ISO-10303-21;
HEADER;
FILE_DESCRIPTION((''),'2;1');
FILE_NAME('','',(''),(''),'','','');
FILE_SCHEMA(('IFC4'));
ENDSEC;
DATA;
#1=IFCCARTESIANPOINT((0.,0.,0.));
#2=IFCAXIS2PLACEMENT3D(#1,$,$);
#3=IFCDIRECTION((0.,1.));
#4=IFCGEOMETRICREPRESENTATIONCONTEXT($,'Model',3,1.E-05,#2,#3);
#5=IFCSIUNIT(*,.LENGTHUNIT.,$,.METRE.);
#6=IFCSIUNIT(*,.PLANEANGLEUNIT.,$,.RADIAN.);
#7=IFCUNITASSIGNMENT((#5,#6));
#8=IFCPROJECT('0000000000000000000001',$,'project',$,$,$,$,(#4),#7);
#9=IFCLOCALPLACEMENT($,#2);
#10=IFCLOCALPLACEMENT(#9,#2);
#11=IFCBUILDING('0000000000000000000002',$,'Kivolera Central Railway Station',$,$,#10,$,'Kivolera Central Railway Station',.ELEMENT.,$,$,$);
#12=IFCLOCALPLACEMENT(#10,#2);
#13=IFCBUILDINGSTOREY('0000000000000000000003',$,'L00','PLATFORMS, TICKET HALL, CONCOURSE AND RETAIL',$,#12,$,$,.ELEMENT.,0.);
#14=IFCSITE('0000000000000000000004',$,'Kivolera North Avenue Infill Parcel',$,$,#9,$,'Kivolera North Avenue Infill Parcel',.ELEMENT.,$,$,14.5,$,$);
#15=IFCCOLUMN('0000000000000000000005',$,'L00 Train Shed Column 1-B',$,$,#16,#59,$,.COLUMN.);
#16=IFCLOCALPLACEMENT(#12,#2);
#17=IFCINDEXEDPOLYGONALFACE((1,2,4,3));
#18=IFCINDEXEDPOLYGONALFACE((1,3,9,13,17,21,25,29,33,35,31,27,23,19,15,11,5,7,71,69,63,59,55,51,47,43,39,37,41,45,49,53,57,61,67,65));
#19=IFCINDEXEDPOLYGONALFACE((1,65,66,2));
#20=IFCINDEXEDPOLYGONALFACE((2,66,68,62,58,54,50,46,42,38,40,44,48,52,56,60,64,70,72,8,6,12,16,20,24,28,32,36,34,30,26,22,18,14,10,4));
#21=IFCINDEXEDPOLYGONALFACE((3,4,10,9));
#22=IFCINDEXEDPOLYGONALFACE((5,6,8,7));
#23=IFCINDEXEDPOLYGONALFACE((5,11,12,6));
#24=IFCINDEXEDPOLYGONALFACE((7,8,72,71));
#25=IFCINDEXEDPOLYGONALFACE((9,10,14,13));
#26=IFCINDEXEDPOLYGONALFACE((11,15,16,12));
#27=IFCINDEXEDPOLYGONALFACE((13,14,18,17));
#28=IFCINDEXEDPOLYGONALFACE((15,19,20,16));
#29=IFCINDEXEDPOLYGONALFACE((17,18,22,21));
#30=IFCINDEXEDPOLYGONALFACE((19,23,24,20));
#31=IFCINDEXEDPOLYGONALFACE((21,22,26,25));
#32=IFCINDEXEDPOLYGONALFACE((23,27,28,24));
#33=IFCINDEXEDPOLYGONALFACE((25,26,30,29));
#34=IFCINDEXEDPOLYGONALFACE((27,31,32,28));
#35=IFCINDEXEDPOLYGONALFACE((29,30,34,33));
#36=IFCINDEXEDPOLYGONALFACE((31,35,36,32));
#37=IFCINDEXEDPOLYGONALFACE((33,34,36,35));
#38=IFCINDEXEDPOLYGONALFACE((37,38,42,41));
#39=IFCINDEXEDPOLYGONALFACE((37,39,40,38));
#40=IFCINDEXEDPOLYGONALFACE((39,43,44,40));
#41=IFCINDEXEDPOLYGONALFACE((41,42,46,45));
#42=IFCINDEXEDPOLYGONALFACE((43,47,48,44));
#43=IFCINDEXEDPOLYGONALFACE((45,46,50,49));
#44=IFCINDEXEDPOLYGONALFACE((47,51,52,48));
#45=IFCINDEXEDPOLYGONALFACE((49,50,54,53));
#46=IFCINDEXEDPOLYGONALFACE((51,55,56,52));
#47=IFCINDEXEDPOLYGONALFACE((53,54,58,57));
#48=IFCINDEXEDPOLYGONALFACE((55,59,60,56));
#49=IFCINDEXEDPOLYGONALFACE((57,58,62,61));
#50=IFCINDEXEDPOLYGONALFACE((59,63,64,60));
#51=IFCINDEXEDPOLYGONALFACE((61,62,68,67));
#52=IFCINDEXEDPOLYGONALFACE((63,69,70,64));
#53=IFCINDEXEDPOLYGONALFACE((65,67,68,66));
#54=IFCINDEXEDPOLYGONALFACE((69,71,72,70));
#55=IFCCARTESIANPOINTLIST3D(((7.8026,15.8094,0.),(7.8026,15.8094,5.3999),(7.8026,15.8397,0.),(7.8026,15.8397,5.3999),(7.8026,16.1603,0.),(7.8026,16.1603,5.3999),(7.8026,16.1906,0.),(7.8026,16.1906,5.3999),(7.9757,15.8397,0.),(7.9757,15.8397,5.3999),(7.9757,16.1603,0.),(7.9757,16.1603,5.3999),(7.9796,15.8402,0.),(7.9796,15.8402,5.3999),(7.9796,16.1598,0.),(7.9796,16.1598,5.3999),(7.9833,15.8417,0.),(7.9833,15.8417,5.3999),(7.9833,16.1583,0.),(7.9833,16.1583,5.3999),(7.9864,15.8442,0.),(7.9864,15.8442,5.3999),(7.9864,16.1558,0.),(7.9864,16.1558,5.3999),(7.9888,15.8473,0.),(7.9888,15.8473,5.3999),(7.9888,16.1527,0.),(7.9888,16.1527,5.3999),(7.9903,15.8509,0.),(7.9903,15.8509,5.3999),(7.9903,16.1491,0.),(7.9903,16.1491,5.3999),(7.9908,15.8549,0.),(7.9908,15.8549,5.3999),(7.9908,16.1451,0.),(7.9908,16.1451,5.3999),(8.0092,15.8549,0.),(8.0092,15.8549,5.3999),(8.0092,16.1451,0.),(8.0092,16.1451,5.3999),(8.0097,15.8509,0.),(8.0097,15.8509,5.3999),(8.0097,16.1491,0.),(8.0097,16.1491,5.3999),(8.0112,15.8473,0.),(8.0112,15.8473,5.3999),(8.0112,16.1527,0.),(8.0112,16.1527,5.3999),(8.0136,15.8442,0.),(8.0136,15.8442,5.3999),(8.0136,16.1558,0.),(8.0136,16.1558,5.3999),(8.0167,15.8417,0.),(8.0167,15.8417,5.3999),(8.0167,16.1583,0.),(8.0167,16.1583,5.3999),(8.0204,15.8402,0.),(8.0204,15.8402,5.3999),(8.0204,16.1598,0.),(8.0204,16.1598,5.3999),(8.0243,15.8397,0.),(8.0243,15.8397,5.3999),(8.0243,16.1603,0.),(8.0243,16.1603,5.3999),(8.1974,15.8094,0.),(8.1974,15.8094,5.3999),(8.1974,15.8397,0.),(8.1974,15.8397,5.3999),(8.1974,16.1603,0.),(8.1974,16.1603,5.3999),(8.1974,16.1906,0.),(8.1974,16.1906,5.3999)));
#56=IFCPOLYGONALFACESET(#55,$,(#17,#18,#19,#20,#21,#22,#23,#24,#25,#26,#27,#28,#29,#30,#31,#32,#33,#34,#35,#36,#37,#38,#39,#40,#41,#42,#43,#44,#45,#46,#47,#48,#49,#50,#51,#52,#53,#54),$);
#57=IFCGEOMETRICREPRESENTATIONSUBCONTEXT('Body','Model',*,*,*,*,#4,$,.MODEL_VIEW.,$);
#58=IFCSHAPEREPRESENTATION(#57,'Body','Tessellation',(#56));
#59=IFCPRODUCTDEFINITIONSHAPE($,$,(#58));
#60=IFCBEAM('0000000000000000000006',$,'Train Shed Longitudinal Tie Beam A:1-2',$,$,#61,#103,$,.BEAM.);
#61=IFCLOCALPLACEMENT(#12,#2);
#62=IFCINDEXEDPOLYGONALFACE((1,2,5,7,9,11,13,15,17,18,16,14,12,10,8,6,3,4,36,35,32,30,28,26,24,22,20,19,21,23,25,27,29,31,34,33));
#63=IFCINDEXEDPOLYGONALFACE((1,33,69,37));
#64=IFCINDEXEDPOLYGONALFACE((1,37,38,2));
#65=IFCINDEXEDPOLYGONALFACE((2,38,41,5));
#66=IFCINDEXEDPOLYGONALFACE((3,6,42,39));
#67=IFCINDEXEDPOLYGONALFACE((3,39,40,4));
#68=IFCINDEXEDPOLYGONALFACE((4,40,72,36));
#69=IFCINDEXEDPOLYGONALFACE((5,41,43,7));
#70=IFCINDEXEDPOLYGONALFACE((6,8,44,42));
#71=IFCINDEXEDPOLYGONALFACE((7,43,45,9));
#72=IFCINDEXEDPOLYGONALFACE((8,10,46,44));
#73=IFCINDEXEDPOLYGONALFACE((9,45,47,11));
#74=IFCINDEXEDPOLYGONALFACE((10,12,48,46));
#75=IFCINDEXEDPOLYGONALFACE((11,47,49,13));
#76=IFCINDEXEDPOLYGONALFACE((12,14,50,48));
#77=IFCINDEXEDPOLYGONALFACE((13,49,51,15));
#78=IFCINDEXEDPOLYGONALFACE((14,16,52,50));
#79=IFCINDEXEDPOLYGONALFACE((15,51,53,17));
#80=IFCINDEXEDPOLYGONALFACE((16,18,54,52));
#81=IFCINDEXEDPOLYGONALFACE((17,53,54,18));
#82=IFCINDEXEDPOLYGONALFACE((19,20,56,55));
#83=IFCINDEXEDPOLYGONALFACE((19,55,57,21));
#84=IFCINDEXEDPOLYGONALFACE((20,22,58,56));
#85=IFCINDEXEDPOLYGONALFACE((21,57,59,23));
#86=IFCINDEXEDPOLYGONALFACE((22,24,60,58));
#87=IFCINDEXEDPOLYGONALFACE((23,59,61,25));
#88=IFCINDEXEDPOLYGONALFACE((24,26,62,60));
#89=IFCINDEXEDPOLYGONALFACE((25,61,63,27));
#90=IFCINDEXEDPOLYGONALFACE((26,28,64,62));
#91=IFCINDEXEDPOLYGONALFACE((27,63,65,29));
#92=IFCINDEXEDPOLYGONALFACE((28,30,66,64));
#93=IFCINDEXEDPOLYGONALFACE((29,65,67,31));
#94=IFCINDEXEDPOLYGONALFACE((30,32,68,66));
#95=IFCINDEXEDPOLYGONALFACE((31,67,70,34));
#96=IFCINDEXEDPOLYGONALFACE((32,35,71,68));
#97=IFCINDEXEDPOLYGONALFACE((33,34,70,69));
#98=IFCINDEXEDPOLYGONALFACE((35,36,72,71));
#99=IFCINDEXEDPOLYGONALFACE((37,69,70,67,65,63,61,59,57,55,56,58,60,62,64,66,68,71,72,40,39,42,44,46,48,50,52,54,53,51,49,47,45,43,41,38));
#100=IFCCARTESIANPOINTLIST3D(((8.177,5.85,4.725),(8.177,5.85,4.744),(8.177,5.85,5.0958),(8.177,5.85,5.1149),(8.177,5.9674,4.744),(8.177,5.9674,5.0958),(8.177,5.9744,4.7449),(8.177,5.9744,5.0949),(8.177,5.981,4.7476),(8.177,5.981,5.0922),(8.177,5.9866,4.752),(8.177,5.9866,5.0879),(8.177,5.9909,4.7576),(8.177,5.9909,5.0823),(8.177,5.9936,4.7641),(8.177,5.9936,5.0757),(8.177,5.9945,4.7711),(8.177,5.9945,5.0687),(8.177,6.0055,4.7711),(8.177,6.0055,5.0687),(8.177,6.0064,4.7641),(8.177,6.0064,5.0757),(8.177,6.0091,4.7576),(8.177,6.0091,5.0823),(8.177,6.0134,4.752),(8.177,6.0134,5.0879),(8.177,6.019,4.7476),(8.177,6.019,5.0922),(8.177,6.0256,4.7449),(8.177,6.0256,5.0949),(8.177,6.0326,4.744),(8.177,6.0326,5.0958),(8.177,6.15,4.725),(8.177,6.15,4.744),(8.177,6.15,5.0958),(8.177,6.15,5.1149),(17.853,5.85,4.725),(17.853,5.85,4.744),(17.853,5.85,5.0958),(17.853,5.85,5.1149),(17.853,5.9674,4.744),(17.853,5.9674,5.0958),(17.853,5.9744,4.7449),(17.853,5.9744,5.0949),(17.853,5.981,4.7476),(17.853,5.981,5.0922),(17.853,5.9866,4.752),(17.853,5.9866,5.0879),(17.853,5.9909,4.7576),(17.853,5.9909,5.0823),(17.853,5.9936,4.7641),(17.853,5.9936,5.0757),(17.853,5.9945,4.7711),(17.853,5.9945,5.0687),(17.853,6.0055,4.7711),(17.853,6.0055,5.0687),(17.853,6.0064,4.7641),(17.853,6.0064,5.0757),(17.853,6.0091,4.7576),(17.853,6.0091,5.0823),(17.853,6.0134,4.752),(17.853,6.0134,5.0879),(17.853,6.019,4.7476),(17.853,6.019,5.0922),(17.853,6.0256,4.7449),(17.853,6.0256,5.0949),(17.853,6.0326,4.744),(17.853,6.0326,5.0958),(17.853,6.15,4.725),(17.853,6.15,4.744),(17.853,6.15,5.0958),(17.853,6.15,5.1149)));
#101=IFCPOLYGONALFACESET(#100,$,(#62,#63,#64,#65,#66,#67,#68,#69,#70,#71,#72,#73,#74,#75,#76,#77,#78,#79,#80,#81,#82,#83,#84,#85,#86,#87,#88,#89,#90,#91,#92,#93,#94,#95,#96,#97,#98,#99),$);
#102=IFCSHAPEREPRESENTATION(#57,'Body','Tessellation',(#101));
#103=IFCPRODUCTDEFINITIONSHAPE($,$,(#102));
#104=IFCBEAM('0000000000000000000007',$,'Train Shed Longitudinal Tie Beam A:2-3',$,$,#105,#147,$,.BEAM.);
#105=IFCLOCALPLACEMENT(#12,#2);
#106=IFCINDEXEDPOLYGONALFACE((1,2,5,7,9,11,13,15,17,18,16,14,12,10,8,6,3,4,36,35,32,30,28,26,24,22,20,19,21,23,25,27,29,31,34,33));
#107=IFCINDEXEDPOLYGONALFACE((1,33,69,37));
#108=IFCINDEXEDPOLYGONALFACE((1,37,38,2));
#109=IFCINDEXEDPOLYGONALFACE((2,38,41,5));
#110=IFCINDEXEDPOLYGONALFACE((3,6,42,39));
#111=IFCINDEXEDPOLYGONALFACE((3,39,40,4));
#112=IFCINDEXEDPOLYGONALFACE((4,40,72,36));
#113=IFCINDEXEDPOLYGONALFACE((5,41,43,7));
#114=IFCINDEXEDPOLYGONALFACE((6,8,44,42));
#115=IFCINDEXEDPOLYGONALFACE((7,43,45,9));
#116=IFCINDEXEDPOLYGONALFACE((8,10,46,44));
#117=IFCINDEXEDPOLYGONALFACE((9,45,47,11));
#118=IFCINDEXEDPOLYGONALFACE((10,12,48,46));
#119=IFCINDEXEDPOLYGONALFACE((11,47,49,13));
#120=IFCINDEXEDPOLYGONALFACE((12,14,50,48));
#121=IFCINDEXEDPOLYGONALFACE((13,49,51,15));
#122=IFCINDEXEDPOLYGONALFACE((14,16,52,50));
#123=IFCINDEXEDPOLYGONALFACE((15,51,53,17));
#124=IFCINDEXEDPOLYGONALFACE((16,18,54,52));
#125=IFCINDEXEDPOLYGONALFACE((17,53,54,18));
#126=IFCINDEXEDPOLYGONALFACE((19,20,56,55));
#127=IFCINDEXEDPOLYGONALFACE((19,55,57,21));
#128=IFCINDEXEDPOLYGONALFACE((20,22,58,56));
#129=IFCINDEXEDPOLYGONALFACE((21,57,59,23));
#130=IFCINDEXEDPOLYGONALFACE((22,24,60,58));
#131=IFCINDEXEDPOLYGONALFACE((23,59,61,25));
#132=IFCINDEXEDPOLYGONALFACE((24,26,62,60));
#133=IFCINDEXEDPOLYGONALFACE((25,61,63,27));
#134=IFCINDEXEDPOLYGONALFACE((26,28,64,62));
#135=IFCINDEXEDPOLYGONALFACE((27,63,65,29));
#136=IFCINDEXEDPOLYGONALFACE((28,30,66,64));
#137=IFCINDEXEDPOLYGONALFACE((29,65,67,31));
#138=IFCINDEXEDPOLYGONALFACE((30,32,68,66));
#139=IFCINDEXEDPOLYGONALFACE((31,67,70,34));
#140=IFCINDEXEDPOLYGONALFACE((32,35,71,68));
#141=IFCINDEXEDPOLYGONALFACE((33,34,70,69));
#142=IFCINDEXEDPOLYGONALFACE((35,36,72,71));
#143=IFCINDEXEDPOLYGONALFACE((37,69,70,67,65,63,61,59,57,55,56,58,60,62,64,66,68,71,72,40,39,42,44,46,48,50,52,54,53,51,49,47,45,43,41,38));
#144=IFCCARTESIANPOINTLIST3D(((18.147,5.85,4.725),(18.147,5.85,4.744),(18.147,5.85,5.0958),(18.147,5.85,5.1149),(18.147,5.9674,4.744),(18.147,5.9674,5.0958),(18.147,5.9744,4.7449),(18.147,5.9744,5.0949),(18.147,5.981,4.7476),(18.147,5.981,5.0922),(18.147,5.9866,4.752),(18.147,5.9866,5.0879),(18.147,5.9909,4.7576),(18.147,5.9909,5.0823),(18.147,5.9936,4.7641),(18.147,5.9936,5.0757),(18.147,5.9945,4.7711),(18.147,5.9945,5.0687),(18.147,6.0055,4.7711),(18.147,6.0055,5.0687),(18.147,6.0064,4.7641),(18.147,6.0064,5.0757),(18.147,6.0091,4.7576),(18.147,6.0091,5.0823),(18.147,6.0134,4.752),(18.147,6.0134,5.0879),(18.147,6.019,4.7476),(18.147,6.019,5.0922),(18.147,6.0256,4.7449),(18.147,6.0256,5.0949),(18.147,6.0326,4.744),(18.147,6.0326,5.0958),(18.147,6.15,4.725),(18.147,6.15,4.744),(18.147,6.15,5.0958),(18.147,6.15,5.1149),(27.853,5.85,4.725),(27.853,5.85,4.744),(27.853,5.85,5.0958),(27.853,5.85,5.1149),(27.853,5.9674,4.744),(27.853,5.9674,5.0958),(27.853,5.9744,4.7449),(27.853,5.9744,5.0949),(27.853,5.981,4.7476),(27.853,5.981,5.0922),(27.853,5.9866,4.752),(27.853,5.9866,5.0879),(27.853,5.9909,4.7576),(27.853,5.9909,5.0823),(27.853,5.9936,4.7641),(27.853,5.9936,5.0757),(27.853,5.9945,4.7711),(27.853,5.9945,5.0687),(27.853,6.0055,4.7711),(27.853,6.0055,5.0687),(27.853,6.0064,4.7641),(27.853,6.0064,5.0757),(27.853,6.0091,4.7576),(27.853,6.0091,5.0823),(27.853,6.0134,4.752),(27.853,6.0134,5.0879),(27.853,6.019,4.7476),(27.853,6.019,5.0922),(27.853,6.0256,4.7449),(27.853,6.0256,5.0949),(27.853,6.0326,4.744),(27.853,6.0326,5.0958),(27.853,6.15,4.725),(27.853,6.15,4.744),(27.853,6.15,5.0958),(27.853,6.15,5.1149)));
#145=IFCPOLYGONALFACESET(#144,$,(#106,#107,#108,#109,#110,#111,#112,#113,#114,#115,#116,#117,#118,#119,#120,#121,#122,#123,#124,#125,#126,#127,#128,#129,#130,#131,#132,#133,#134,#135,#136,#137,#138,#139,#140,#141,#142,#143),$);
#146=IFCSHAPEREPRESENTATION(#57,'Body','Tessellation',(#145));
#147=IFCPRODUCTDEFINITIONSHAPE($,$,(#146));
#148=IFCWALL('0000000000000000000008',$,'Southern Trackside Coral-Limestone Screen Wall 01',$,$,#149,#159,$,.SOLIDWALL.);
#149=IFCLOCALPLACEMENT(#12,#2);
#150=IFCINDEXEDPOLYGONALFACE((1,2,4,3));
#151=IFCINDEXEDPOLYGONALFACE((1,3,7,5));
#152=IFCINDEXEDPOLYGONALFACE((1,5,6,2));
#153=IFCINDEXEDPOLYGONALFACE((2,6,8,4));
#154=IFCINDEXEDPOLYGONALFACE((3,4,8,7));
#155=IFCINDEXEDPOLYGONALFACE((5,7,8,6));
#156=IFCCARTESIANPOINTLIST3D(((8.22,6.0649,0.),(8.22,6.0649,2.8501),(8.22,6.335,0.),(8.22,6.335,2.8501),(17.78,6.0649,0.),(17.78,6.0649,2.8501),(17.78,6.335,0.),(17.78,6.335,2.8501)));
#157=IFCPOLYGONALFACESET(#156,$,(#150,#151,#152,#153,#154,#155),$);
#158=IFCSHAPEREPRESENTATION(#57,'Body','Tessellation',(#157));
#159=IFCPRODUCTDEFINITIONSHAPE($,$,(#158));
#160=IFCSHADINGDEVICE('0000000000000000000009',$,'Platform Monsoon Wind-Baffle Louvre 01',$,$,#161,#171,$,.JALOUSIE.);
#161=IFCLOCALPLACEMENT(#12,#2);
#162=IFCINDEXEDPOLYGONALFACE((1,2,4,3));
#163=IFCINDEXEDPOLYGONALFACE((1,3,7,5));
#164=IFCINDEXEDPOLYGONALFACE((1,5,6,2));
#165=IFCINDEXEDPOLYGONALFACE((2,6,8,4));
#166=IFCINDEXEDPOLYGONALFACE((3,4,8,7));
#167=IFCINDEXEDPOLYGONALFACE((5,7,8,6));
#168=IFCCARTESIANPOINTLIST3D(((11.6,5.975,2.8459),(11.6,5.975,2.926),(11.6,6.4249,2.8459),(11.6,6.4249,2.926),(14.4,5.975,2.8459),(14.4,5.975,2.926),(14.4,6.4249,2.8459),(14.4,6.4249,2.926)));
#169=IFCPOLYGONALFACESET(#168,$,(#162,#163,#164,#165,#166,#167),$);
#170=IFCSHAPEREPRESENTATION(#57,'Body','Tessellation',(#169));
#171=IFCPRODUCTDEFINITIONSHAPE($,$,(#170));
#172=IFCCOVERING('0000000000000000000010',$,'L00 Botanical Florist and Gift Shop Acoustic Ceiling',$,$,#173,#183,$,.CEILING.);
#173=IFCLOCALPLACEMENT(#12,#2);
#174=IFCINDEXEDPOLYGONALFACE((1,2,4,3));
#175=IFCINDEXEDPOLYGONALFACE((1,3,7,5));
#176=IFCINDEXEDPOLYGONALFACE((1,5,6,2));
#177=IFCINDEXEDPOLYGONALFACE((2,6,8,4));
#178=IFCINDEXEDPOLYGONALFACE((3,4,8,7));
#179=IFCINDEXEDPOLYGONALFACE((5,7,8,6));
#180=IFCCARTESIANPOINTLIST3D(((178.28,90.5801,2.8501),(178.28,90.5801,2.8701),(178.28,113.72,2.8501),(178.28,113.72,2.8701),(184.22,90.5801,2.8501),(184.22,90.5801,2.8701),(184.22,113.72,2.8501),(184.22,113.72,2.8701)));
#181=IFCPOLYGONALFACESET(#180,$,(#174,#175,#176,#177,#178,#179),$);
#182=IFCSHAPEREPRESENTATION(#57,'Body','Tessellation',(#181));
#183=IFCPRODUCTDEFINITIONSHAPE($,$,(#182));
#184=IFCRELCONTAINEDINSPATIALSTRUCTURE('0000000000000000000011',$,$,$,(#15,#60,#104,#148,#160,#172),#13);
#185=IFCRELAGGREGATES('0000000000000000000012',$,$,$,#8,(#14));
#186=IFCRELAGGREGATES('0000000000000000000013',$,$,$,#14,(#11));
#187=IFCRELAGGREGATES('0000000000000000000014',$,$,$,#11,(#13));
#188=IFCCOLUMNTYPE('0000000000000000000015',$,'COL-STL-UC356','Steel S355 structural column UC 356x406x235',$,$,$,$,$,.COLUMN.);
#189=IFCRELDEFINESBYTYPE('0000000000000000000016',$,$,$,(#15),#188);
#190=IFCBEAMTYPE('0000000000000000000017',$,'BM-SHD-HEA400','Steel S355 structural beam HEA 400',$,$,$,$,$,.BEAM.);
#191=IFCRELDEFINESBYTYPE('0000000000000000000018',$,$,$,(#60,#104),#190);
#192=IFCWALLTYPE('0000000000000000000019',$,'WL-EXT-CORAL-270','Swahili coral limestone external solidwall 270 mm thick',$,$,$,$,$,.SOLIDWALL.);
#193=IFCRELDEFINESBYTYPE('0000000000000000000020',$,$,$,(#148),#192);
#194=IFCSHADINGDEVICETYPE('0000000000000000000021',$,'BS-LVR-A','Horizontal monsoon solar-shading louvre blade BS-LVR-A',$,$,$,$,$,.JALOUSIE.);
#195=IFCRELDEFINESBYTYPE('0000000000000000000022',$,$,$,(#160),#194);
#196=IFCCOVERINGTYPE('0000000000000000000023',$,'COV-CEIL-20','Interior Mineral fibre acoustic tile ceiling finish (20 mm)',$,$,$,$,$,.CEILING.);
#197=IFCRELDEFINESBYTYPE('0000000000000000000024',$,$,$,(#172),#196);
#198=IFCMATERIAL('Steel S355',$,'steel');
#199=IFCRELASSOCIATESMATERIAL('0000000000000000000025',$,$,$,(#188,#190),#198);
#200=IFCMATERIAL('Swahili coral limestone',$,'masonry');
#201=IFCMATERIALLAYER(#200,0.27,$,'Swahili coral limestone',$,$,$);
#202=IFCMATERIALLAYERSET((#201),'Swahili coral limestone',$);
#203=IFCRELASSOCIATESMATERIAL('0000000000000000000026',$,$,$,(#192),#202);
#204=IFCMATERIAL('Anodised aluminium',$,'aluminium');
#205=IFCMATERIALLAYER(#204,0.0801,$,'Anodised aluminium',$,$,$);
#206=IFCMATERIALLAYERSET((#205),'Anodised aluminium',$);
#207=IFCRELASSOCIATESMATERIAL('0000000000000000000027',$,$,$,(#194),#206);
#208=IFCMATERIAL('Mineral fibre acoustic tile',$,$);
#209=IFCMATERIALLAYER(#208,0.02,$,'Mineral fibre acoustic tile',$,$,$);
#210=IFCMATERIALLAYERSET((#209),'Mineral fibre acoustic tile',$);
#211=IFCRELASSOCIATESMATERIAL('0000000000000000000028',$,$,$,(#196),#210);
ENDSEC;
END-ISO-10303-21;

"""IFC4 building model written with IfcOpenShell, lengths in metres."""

from ifc_helpers import new_model, si_unit, direction, frame, frame_2d, origin, origin_2d, place, context, subcontext, project, spatial, polyline, rectangle, i_section, outline, extrude, material, layer, layer_set, material_profile, profile_set, type_object, element, save


model = new_model("IFC4")

# Units and contexts
model_context = context("Model", 3, precision=1e-05, world=origin(), true_north=direction((0.0, 1.0)))
body_context = subcontext(model_context, "Body", "Model", "MODEL_VIEW")
ifc_project = project(units=[si_unit("LENGTHUNIT", "METRE"), si_unit("PLANEANGLEUNIT", "RADIAN")], contexts=[model_context])

# Site, building, storey
site_placement = place(None, origin())
site = spatial("IfcSite", under=ifc_project, at=site_placement, Name="Kivolera North Avenue Infill Parcel", LongName="Kivolera North Avenue Infill Parcel", CompositionType="ELEMENT", RefElevation=14.5)
building_placement = place(site_placement, origin())
building = spatial("IfcBuilding", under=site, at=building_placement, Name="Kivolera Central Railway Station", LongName="Kivolera Central Railway Station", CompositionType="ELEMENT")
storey_placement = place(building_placement, origin())
storey = spatial("IfcBuildingStorey", under=building, at=storey_placement, Name="L00", Description="PLATFORMS, TICKET HALL, CONCOURSE AND RETAIL", CompositionType="ELEMENT", Elevation=0.0)

# Column
ifc_material_1 = material(Name="Steel S355", Category="steel")
ifc_material_profile_1 = material_profile(ifc_material_1, i_section(OverallWidth=0.3948, OverallDepth=0.3811, WebThickness=0.0183, FlangeThickness=0.0303, FilletRadius=0.0151, at=origin_2d()), Name="UC 356x406x235")
ifc_profile_set_1 = profile_set([ifc_material_profile_1], Name="Steel S355")
column_type_1 = type_object("IfcColumnType", Name="COL-STL-UC356", Description="Steel S355 structural column UC 356x406x235", PredefinedType="COLUMN", material=ifc_profile_set_1)
for number, where, z_axis, x_axis, name in (
    (1, (8.0, 16.0, 0.0), (0.0, 0.0, 1.0), (1.0, 0.0, 0.0), "L00 Train Shed Column 1-B"),
):
    element("IfcColumn", number, at=place(storey_placement, frame(where, z_axis=z_axis, x_axis=x_axis)), inside=storey, type_object=column_type_1, Name=name, PredefinedType="COLUMN", context=body_context, shape_type="SweptSolid", body=[
        extrude(i_section(OverallWidth=0.3948, OverallDepth=0.3811, WebThickness=0.0183, FlangeThickness=0.0303, FilletRadius=0.0151, at=origin_2d()), origin(), (0.0, 0.0, 1.0), 5.3999),
    ])

# Beams
ifc_material_profile_2 = material_profile(ifc_material_1, i_section(OverallWidth=0.3, OverallDepth=0.3899, WebThickness=0.011, FlangeThickness=0.019, FilletRadius=0.0271, at=origin_2d()), Name="HEA 400")
ifc_profile_set_2 = profile_set([ifc_material_profile_2], Name="Steel S355")
beam_type = type_object("IfcBeamType", Name="BM-SHD-HEA400", Description="Steel S355 structural beam HEA 400", PredefinedType="BEAM", material=ifc_profile_set_2)
beam_1_placement = place(storey_placement, frame((8.177, 6.0, 4.9199), z_axis=(1.0, 0.0, 0.0), x_axis=(0.0, 1.0, 0.0)))
element("IfcBeam", 2, at=beam_1_placement, inside=storey, type_object=beam_type, Name="Train Shed Longitudinal Tie Beam A:1-2", PredefinedType="BEAM", context=body_context, shape_type="SweptSolid", body=[
    extrude(i_section(OverallWidth=0.3, OverallDepth=0.3899, WebThickness=0.011, FlangeThickness=0.019, FilletRadius=0.0271, at=origin_2d()), origin(), (0.0, 0.0, 1.0), 9.676),
])
beam_2_placement = place(storey_placement, frame((18.147, 6.0, 4.9199), z_axis=(1.0, 0.0, 0.0), x_axis=(0.0, 1.0, 0.0)))
element("IfcBeam", 3, at=beam_2_placement, inside=storey, type_object=beam_type, Name="Train Shed Longitudinal Tie Beam A:2-3", PredefinedType="BEAM", context=body_context, shape_type="SweptSolid", body=[
    extrude(i_section(OverallWidth=0.3, OverallDepth=0.3899, WebThickness=0.011, FlangeThickness=0.019, FilletRadius=0.0271, at=origin_2d()), origin(), (0.0, 0.0, 1.0), 9.7061),
])

# Wall
ifc_material_2 = material(Name="Swahili coral limestone", Category="masonry")
ifc_layer_1 = layer(ifc_material_2, 0.27, Name="Swahili coral limestone")
ifc_layer_set_1 = layer_set([ifc_layer_1], Name="Swahili coral limestone")
wall_type = type_object("IfcWallType", Name="WL-EXT-CORAL-270", Description="Swahili coral limestone external solidwall 270 mm thick", PredefinedType="SOLIDWALL", material=ifc_layer_set_1)
wall_placement = place(storey_placement, frame((17.78, 6.2, 0.0), z_axis=(0.0, 0.0, 1.0), x_axis=(-1.0, 0.0, 0.0)))
element("IfcWall", 4, at=wall_placement, inside=storey, type_object=wall_type, Name="Southern Trackside Coral-Limestone Screen Wall 01", PredefinedType="SOLIDWALL", context=body_context, shape_type="SweptSolid", body=[
    extrude(rectangle(XDim=9.5601, YDim=0.27, at=frame_2d((4.78, 0.0))), origin(), (0.0, 0.0, 1.0), 2.8501),
])

# Shading device
ifc_material_3 = material(Name="Anodised aluminium", Category="aluminium")
ifc_layer_2 = layer(ifc_material_3, 0.0801, Name="Anodised aluminium")
ifc_layer_set_2 = layer_set([ifc_layer_2], Name="Anodised aluminium")
shading_device_type = type_object("IfcShadingDeviceType", Name="BS-LVR-A", Description="Horizontal monsoon solar-shading louvre blade BS-LVR-A", PredefinedType="JALOUSIE", material=ifc_layer_set_2)
shading_device_placement = place(storey_placement, frame((13.0, 6.2, 2.8459), z_axis=(0.0, 0.0, 1.0), x_axis=(1.0, 0.0, 0.0)))
element("IfcShadingDevice", 5, at=shading_device_placement, inside=storey, type_object=shading_device_type, Name="Platform Monsoon Wind-Baffle Louvre 01", PredefinedType="JALOUSIE", context=body_context, shape_type="SweptSolid", body=[
    extrude(rectangle(XDim=2.8, YDim=0.45, at=origin_2d()), origin(), (0.0, 0.0, 1.0), 0.0801),
])

# Covering
ifc_material_4 = material(Name="Mineral fibre acoustic tile")
ifc_layer_3 = layer(ifc_material_4, 0.02, Name="Mineral fibre acoustic tile")
ifc_layer_set_3 = layer_set([ifc_layer_3], Name="Mineral fibre acoustic tile")
covering_type_1 = type_object("IfcCoveringType", Name="COV-CEIL-20", Description="Interior Mineral fibre acoustic tile ceiling finish (20 mm)", PredefinedType="CEILING", material=ifc_layer_set_3)
covering_1_placement = place(storey_placement, frame((0.0, 0.0, 2.8501)))
element("IfcCovering", 6, at=covering_1_placement, inside=storey, type_object=covering_type_1, Name="L00 Botanical Florist and Gift Shop Acoustic Ceiling", PredefinedType="CEILING", context=body_context, shape_type="SweptSolid", body=[
    extrude(outline(polyline([(178.28, 90.5801), (184.22, 90.5801), (184.22, 113.72), (178.28, 113.72), (178.28, 90.5801)])), origin(), (0.0, 0.0, 1.0), 0.02),
])

save(model, "model.ifc")
